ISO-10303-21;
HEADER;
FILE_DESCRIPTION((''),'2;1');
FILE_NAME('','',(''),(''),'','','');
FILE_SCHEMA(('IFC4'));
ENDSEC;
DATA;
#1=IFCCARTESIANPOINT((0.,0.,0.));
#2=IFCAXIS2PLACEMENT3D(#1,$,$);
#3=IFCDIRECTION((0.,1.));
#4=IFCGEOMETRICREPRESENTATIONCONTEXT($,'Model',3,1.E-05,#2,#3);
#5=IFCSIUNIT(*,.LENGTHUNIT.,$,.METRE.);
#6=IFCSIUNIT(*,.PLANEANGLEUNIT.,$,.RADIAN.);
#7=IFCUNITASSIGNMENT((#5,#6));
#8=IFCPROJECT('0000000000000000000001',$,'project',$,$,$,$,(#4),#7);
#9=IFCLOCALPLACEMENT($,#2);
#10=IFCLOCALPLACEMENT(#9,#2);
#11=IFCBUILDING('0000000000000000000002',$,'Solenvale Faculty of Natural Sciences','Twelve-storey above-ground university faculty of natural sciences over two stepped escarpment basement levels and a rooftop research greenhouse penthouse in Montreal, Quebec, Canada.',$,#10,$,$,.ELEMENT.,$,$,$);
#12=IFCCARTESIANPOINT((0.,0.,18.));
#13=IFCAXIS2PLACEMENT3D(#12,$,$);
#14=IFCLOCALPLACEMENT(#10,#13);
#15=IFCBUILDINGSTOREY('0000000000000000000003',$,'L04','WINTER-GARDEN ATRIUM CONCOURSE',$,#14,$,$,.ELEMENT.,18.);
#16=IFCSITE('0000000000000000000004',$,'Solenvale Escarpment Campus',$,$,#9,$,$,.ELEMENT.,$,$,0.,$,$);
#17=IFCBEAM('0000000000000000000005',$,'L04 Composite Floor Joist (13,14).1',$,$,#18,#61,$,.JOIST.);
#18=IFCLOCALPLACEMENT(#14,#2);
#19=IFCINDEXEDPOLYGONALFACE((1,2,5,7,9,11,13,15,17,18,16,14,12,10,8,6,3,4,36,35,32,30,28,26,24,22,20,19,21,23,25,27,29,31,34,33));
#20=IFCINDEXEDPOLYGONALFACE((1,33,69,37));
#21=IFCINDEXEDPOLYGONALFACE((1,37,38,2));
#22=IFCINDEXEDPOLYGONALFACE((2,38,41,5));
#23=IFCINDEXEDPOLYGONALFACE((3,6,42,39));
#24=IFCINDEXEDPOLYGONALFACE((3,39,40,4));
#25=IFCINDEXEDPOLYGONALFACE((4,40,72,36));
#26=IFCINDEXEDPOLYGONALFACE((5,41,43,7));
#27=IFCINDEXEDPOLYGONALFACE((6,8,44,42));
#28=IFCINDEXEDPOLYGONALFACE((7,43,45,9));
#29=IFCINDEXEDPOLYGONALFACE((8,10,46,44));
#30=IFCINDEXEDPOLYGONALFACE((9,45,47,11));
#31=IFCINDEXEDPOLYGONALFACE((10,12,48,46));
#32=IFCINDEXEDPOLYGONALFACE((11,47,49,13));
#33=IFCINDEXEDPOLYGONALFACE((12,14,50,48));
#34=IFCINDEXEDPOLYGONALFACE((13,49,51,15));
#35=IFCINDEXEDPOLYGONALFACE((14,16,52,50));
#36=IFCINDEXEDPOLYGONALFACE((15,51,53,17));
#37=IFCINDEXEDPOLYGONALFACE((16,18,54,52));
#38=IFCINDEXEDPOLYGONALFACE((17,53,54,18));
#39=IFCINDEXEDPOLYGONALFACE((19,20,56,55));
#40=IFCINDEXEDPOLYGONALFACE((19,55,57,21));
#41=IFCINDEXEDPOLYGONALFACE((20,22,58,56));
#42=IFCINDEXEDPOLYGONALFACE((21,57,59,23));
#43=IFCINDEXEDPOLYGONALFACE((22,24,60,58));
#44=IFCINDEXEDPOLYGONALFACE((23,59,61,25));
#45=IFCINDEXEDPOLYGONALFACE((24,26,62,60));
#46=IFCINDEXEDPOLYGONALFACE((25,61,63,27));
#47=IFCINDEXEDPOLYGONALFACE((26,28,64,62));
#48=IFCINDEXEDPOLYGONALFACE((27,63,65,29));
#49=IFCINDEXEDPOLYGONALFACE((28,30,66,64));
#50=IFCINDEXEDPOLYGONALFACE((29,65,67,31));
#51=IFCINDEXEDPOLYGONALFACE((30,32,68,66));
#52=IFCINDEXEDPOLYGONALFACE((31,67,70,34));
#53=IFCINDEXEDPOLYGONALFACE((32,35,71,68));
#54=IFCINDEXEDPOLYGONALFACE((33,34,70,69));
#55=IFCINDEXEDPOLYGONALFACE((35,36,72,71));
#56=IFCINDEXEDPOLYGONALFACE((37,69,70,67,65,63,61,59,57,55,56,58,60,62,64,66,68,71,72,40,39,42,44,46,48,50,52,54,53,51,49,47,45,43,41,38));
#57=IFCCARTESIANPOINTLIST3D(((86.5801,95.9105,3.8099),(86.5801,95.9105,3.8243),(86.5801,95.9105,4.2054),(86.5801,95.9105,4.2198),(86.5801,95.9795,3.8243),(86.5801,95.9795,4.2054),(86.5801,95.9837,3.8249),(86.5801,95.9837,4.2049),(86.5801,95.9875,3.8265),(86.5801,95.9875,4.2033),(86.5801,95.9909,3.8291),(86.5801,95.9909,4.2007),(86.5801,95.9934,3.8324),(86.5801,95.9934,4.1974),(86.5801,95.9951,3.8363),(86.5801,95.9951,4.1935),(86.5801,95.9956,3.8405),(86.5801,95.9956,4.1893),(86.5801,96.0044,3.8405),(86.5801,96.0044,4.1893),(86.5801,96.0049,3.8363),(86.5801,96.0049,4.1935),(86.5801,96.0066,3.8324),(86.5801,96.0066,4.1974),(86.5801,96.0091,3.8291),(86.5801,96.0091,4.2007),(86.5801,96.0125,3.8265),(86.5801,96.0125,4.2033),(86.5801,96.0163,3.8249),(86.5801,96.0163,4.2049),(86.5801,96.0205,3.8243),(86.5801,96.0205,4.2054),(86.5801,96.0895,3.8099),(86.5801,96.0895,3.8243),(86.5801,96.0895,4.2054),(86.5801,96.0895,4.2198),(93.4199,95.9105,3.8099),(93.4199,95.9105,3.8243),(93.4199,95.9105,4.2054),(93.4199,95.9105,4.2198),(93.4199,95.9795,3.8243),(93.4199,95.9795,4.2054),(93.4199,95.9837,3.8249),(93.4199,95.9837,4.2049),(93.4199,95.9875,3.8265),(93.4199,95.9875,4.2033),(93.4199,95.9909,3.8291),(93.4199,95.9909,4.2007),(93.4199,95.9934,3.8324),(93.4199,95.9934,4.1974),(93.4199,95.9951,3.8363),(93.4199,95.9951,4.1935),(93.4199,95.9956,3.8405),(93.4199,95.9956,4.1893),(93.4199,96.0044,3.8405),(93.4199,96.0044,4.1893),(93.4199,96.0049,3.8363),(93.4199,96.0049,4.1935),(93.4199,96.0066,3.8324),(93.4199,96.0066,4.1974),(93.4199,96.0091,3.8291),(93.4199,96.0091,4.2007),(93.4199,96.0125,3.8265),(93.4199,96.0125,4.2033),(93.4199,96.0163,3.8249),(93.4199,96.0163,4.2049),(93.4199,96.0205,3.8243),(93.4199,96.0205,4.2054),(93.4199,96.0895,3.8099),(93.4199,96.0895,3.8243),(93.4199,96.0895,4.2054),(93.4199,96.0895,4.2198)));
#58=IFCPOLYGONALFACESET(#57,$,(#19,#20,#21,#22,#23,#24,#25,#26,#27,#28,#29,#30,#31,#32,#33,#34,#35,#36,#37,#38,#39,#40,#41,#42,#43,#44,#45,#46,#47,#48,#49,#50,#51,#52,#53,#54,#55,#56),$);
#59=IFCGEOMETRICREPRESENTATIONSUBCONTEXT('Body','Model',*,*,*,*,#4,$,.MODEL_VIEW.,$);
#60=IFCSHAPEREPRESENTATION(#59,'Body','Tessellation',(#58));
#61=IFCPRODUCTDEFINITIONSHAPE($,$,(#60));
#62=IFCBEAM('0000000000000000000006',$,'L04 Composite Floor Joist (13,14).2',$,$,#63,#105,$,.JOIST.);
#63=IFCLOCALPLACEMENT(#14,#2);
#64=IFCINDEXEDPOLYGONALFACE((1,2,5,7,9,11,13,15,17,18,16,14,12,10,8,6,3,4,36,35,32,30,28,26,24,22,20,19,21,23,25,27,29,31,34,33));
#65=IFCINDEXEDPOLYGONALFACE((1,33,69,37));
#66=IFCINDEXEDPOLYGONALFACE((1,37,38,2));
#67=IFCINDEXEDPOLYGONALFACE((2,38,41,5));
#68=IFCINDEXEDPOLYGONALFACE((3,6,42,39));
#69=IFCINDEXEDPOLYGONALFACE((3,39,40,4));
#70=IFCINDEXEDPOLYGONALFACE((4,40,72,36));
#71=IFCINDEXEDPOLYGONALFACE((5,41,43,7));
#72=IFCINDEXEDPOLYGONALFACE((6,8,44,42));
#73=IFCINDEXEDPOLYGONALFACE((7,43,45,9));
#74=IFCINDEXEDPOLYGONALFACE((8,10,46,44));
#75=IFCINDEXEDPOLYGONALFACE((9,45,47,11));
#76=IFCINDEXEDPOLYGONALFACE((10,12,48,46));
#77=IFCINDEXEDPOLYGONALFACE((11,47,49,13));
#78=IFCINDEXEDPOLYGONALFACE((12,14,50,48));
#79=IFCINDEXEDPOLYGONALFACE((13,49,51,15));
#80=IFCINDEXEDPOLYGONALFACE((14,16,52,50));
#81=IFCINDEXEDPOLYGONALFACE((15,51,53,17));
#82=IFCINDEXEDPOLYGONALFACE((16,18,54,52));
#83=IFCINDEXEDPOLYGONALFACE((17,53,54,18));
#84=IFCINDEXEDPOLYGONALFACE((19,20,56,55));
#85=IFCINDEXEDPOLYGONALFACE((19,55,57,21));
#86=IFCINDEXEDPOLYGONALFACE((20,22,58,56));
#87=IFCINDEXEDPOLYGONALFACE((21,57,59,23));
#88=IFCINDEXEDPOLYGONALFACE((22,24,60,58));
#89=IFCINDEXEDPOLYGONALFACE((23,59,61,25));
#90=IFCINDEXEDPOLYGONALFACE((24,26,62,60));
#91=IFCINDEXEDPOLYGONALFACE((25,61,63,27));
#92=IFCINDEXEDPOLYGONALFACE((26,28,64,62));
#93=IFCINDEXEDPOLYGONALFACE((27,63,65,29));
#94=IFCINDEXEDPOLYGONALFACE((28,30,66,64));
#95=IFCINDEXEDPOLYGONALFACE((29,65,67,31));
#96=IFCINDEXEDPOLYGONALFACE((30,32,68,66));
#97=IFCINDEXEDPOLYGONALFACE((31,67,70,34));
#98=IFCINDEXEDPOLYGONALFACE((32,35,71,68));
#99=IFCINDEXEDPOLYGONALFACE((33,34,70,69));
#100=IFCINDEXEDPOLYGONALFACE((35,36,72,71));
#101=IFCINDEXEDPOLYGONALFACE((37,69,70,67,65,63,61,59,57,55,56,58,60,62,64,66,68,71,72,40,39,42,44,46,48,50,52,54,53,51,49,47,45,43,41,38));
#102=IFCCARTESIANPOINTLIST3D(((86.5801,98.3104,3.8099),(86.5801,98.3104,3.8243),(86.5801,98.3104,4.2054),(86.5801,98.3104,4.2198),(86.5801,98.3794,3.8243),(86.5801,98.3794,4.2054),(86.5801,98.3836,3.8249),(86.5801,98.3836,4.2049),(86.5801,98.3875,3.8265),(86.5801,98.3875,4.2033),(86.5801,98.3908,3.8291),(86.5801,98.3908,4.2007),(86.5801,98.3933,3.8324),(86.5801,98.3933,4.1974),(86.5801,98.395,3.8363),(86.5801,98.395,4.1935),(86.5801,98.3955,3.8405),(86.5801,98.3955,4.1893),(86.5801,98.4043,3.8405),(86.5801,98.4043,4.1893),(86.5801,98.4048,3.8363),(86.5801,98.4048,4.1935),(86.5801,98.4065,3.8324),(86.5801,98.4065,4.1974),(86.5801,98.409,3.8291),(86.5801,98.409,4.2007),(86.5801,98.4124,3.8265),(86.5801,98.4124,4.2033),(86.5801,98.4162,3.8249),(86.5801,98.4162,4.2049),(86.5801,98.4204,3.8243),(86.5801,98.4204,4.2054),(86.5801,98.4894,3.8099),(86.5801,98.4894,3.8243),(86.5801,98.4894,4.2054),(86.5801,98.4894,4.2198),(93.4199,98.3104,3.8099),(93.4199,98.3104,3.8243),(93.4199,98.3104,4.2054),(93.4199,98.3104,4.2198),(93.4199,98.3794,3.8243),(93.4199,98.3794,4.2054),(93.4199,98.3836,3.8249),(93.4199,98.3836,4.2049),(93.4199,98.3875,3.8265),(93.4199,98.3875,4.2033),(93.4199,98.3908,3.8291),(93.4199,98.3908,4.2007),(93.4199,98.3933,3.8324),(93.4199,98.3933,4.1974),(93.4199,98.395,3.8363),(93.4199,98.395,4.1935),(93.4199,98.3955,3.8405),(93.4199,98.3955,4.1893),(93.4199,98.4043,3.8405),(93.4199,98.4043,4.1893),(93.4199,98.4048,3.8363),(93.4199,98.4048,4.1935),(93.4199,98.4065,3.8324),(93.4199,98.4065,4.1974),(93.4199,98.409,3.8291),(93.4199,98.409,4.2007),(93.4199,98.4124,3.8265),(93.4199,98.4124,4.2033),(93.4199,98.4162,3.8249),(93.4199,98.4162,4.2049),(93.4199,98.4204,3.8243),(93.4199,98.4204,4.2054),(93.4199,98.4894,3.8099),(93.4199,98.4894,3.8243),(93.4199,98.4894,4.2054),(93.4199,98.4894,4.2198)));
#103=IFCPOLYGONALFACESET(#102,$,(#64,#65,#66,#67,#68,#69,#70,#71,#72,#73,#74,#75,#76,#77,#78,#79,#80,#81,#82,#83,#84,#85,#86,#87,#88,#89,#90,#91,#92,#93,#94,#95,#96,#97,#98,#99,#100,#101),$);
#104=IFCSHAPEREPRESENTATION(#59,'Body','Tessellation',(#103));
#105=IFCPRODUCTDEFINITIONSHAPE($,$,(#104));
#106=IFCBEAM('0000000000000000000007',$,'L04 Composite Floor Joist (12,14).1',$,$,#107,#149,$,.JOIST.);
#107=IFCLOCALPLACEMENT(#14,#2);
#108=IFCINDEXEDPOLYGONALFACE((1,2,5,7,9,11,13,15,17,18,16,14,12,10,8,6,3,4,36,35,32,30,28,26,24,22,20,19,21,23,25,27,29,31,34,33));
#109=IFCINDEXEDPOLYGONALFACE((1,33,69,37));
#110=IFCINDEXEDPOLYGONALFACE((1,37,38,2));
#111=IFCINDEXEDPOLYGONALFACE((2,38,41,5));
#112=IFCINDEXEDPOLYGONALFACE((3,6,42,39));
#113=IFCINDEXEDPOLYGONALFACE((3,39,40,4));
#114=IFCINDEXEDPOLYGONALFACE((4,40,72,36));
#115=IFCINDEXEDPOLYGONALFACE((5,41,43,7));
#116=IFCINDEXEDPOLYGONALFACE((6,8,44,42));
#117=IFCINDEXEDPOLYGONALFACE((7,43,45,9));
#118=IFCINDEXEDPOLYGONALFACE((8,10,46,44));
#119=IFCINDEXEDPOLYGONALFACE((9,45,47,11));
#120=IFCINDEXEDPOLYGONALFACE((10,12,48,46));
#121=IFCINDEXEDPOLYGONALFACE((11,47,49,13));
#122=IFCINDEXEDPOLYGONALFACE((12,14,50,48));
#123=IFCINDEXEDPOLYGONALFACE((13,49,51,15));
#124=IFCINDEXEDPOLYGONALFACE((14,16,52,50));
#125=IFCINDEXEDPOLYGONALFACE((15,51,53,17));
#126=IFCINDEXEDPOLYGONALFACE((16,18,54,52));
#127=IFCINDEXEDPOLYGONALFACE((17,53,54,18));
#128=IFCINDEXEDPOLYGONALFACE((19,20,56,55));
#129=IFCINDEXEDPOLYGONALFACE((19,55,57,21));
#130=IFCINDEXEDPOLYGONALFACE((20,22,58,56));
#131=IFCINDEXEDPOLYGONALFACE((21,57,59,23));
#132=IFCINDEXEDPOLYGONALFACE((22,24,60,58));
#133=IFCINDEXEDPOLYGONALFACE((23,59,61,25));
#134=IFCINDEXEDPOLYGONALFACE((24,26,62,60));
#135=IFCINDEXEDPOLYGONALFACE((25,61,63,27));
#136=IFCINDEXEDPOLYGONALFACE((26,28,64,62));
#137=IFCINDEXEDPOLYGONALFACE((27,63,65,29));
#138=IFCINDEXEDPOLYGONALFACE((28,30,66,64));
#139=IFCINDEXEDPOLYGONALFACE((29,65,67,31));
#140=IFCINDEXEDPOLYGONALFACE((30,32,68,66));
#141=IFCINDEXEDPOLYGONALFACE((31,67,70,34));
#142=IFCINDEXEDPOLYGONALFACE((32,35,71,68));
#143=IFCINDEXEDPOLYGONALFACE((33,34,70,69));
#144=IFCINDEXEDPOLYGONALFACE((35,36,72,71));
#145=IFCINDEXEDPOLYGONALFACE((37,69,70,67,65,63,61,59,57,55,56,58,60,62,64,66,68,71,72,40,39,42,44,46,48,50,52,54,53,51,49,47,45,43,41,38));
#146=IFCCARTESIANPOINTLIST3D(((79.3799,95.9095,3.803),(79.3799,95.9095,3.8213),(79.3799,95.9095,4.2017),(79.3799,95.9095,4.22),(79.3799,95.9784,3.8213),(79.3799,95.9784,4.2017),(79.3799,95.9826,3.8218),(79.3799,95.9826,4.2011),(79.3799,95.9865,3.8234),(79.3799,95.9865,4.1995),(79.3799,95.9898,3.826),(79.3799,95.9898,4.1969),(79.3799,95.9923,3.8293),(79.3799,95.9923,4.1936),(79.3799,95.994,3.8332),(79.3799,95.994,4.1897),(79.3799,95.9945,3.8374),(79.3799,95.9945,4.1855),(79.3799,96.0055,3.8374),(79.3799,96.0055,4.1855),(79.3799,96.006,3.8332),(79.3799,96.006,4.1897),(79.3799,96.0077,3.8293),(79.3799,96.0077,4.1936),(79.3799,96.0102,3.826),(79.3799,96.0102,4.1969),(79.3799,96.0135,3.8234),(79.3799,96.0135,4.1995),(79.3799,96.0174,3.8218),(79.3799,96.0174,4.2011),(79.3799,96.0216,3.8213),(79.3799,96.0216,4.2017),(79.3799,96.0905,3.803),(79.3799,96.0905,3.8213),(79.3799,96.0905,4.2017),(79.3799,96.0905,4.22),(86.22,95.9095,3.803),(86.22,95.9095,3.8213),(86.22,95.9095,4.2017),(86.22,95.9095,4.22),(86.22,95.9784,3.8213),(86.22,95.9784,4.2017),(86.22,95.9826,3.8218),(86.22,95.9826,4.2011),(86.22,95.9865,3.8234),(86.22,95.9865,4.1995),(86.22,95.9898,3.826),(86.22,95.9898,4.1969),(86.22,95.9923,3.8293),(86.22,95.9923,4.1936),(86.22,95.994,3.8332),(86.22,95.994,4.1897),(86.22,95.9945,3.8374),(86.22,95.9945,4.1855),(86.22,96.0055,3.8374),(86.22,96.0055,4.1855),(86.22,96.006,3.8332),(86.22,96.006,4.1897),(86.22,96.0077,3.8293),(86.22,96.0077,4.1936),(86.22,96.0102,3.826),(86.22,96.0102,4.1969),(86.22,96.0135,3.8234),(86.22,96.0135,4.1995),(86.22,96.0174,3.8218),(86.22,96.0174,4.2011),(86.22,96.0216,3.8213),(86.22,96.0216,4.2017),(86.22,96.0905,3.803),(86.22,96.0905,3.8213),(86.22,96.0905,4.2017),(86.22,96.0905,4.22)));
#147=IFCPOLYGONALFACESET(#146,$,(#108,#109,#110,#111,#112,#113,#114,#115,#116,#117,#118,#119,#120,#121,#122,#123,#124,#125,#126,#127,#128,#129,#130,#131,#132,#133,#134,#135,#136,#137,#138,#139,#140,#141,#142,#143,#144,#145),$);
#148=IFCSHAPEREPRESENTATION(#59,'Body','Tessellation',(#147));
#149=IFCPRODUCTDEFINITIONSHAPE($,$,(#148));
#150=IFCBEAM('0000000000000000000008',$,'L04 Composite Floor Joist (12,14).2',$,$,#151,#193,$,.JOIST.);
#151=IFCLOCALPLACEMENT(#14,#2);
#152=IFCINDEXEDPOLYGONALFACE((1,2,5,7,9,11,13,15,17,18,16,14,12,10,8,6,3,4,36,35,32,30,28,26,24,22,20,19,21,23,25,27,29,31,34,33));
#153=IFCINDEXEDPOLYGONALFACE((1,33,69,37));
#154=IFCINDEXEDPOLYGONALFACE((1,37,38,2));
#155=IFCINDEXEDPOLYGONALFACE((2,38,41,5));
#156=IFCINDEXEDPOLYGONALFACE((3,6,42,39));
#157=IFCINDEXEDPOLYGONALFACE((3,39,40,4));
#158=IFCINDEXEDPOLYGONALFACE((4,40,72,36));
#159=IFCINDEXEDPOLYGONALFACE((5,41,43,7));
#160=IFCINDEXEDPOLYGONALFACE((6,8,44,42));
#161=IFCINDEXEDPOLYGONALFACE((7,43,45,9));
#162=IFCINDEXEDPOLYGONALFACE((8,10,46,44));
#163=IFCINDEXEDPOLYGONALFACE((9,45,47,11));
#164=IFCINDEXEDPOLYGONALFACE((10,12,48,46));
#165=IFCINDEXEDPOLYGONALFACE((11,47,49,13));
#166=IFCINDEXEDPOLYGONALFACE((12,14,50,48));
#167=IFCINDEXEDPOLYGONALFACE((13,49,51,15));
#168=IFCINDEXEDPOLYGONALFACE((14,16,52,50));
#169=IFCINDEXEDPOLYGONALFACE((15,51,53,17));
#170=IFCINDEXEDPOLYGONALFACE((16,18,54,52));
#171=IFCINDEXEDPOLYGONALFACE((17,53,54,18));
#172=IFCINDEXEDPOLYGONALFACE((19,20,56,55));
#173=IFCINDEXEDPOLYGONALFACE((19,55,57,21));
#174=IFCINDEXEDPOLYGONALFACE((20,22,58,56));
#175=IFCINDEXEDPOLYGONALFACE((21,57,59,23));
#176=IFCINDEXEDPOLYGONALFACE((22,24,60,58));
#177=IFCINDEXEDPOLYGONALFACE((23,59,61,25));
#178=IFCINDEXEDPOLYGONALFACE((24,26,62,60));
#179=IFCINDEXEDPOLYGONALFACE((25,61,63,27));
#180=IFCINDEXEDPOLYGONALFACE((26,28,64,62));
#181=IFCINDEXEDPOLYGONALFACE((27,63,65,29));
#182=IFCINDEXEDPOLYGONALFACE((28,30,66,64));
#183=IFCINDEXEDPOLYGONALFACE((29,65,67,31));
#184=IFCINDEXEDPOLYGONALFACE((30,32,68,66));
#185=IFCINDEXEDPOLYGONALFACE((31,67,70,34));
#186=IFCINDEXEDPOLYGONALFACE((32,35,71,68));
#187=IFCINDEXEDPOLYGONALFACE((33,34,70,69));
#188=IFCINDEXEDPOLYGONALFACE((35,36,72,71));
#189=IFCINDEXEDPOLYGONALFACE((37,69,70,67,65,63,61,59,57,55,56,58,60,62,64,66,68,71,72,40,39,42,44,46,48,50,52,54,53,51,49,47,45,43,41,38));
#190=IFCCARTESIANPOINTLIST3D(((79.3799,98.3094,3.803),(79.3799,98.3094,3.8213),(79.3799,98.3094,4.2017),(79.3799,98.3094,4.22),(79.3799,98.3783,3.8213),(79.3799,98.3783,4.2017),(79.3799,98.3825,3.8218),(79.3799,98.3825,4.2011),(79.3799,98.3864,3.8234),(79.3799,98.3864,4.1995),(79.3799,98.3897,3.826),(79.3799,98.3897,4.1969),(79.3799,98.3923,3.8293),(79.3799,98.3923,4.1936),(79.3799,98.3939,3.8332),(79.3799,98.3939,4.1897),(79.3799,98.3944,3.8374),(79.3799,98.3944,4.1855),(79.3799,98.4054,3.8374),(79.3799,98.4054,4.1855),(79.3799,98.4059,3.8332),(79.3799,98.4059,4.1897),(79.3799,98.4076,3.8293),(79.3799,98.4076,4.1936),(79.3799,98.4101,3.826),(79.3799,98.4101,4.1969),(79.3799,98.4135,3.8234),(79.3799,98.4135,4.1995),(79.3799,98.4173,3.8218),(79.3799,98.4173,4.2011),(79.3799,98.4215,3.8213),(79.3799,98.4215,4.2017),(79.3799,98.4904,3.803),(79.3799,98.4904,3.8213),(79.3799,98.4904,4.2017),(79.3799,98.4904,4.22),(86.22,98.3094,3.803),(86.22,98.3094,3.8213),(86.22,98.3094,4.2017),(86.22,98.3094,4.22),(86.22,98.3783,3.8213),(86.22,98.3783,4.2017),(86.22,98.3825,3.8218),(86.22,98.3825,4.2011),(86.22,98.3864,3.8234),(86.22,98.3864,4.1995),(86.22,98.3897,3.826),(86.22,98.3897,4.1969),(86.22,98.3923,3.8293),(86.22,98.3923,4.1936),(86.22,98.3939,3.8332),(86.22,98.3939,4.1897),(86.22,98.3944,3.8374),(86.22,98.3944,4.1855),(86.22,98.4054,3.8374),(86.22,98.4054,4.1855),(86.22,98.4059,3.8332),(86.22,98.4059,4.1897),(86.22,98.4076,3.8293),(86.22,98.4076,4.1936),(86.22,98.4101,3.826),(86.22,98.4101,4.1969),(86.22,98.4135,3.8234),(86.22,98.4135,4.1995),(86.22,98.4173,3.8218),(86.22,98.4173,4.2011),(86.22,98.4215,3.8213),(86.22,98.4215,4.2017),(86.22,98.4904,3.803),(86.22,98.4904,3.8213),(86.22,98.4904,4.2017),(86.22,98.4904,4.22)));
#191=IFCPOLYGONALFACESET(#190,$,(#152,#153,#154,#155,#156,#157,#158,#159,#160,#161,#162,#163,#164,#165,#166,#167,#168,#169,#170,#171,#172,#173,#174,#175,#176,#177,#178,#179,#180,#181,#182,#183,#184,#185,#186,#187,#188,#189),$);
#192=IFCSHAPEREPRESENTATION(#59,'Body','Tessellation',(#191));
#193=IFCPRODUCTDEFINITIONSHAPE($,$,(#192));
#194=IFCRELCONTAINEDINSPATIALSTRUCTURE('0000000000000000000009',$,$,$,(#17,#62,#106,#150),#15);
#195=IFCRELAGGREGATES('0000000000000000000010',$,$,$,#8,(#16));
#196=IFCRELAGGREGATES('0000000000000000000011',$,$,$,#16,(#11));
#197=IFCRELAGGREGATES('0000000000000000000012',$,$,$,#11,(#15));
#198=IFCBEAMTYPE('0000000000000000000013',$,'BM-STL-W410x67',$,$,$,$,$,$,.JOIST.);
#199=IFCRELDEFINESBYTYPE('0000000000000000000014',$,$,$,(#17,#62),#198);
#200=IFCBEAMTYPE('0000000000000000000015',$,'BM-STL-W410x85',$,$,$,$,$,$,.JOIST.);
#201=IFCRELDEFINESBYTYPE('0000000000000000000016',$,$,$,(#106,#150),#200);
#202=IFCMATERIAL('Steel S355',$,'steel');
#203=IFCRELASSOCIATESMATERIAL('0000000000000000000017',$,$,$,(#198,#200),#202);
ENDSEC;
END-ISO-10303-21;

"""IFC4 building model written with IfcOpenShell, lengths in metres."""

from ifc_helpers import new_model, si_unit, direction, frame, origin, origin_2d, place, context, subcontext, project, spatial, i_section, extrude, material, material_profile, profile_set, type_object, element, save


model = new_model("IFC4")

# Units and contexts
model_context = context("Model", 3, precision=1e-05, world=origin(), true_north=direction((0.0, 1.0)))
body_context = subcontext(model_context, "Body", "Model", "MODEL_VIEW")
ifc_project = project(units=[si_unit("LENGTHUNIT", "METRE"), si_unit("PLANEANGLEUNIT", "RADIAN")], contexts=[model_context])

# Site, building, storey
site_placement = place(None, origin())
site = spatial("IfcSite", under=ifc_project, at=site_placement, Name="Solenvale Escarpment Campus", CompositionType="ELEMENT", RefElevation=0.0)
building_placement = place(site_placement, origin())
building = spatial("IfcBuilding", under=site, at=building_placement, Name="Solenvale Faculty of Natural Sciences", Description="Twelve-storey above-ground university faculty of natural sciences over two stepped escarpment basement levels and a rooftop research greenhouse penthouse in Montreal, Quebec, Canada.", CompositionType="ELEMENT")
storey_placement = place(building_placement, frame((0.0, 0.0, 18.0)))
storey = spatial("IfcBuildingStorey", under=building, at=storey_placement, Name="L04", Description="WINTER-GARDEN ATRIUM CONCOURSE", CompositionType="ELEMENT", Elevation=18.0)

# Beams
ifc_material_1 = material(Name="Steel S355", Category="steel")
ifc_material_profile_1 = material_profile(ifc_material_1, i_section(OverallWidth=0.179, OverallDepth=0.4099, WebThickness=0.0088, FlangeThickness=0.0144, FilletRadius=0.0161, at=origin_2d()), Name="W410x67")
ifc_profile_set_1 = profile_set([ifc_material_profile_1], Name="Steel S355")
beam_type_1 = type_object("IfcBeamType", Name="BM-STL-W410x67", PredefinedType="JOIST", material=ifc_profile_set_1)
for number, where, z_axis, x_axis, name in (
    (1, (86.5801, 96.0, 4.0149), (1.0, 0.0, 0.0), (0.0, 1.0, 0.0), "L04 Composite Floor Joist (13,14).1"),
    (2, (86.5801, 98.3999, 4.0149), (1.0, 0.0, 0.0), (0.0, 1.0, 0.0), "L04 Composite Floor Joist (13,14).2"),
):
    element("IfcBeam", number, at=place(storey_placement, frame(where, z_axis=z_axis, x_axis=x_axis)), inside=storey, type_object=beam_type_1, Name=name, PredefinedType="JOIST", context=body_context, shape_type="SweptSolid", body=[
        extrude(i_section(OverallWidth=0.179, OverallDepth=0.4099, WebThickness=0.0088, FlangeThickness=0.0144, FilletRadius=0.0161, at=origin_2d()), origin(), (0.0, 0.0, 1.0), 6.8398),
    ])
ifc_material_profile_2 = material_profile(ifc_material_1, i_section(OverallWidth=0.1809, OverallDepth=0.417, WebThickness=0.011, FlangeThickness=0.0183, FilletRadius=0.0161, at=origin_2d()), Name="W410x85")
ifc_profile_set_2 = profile_set([ifc_material_profile_2], Name="Steel S355")
beam_type_2 = type_object("IfcBeamType", Name="BM-STL-W410x85", PredefinedType="JOIST", material=ifc_profile_set_2)
for number, where, z_axis, x_axis, name in (
    (3, (79.3799, 96.0, 4.0115), (1.0, 0.0, 0.0), (0.0, 1.0, 0.0), "L04 Composite Floor Joist (12,14).1"),
    (4, (79.3799, 98.3999, 4.0115), (1.0, 0.0, 0.0), (0.0, 1.0, 0.0), "L04 Composite Floor Joist (12,14).2"),
):
    element("IfcBeam", number, at=place(storey_placement, frame(where, z_axis=z_axis, x_axis=x_axis)), inside=storey, type_object=beam_type_2, Name=name, PredefinedType="JOIST", context=body_context, shape_type="SweptSolid", body=[
        extrude(i_section(OverallWidth=0.1809, OverallDepth=0.417, WebThickness=0.011, FlangeThickness=0.0183, FilletRadius=0.0161, at=origin_2d()), origin(), (0.0, 0.0, 1.0), 6.8401),
    ])

save(model, "model.ifc")
